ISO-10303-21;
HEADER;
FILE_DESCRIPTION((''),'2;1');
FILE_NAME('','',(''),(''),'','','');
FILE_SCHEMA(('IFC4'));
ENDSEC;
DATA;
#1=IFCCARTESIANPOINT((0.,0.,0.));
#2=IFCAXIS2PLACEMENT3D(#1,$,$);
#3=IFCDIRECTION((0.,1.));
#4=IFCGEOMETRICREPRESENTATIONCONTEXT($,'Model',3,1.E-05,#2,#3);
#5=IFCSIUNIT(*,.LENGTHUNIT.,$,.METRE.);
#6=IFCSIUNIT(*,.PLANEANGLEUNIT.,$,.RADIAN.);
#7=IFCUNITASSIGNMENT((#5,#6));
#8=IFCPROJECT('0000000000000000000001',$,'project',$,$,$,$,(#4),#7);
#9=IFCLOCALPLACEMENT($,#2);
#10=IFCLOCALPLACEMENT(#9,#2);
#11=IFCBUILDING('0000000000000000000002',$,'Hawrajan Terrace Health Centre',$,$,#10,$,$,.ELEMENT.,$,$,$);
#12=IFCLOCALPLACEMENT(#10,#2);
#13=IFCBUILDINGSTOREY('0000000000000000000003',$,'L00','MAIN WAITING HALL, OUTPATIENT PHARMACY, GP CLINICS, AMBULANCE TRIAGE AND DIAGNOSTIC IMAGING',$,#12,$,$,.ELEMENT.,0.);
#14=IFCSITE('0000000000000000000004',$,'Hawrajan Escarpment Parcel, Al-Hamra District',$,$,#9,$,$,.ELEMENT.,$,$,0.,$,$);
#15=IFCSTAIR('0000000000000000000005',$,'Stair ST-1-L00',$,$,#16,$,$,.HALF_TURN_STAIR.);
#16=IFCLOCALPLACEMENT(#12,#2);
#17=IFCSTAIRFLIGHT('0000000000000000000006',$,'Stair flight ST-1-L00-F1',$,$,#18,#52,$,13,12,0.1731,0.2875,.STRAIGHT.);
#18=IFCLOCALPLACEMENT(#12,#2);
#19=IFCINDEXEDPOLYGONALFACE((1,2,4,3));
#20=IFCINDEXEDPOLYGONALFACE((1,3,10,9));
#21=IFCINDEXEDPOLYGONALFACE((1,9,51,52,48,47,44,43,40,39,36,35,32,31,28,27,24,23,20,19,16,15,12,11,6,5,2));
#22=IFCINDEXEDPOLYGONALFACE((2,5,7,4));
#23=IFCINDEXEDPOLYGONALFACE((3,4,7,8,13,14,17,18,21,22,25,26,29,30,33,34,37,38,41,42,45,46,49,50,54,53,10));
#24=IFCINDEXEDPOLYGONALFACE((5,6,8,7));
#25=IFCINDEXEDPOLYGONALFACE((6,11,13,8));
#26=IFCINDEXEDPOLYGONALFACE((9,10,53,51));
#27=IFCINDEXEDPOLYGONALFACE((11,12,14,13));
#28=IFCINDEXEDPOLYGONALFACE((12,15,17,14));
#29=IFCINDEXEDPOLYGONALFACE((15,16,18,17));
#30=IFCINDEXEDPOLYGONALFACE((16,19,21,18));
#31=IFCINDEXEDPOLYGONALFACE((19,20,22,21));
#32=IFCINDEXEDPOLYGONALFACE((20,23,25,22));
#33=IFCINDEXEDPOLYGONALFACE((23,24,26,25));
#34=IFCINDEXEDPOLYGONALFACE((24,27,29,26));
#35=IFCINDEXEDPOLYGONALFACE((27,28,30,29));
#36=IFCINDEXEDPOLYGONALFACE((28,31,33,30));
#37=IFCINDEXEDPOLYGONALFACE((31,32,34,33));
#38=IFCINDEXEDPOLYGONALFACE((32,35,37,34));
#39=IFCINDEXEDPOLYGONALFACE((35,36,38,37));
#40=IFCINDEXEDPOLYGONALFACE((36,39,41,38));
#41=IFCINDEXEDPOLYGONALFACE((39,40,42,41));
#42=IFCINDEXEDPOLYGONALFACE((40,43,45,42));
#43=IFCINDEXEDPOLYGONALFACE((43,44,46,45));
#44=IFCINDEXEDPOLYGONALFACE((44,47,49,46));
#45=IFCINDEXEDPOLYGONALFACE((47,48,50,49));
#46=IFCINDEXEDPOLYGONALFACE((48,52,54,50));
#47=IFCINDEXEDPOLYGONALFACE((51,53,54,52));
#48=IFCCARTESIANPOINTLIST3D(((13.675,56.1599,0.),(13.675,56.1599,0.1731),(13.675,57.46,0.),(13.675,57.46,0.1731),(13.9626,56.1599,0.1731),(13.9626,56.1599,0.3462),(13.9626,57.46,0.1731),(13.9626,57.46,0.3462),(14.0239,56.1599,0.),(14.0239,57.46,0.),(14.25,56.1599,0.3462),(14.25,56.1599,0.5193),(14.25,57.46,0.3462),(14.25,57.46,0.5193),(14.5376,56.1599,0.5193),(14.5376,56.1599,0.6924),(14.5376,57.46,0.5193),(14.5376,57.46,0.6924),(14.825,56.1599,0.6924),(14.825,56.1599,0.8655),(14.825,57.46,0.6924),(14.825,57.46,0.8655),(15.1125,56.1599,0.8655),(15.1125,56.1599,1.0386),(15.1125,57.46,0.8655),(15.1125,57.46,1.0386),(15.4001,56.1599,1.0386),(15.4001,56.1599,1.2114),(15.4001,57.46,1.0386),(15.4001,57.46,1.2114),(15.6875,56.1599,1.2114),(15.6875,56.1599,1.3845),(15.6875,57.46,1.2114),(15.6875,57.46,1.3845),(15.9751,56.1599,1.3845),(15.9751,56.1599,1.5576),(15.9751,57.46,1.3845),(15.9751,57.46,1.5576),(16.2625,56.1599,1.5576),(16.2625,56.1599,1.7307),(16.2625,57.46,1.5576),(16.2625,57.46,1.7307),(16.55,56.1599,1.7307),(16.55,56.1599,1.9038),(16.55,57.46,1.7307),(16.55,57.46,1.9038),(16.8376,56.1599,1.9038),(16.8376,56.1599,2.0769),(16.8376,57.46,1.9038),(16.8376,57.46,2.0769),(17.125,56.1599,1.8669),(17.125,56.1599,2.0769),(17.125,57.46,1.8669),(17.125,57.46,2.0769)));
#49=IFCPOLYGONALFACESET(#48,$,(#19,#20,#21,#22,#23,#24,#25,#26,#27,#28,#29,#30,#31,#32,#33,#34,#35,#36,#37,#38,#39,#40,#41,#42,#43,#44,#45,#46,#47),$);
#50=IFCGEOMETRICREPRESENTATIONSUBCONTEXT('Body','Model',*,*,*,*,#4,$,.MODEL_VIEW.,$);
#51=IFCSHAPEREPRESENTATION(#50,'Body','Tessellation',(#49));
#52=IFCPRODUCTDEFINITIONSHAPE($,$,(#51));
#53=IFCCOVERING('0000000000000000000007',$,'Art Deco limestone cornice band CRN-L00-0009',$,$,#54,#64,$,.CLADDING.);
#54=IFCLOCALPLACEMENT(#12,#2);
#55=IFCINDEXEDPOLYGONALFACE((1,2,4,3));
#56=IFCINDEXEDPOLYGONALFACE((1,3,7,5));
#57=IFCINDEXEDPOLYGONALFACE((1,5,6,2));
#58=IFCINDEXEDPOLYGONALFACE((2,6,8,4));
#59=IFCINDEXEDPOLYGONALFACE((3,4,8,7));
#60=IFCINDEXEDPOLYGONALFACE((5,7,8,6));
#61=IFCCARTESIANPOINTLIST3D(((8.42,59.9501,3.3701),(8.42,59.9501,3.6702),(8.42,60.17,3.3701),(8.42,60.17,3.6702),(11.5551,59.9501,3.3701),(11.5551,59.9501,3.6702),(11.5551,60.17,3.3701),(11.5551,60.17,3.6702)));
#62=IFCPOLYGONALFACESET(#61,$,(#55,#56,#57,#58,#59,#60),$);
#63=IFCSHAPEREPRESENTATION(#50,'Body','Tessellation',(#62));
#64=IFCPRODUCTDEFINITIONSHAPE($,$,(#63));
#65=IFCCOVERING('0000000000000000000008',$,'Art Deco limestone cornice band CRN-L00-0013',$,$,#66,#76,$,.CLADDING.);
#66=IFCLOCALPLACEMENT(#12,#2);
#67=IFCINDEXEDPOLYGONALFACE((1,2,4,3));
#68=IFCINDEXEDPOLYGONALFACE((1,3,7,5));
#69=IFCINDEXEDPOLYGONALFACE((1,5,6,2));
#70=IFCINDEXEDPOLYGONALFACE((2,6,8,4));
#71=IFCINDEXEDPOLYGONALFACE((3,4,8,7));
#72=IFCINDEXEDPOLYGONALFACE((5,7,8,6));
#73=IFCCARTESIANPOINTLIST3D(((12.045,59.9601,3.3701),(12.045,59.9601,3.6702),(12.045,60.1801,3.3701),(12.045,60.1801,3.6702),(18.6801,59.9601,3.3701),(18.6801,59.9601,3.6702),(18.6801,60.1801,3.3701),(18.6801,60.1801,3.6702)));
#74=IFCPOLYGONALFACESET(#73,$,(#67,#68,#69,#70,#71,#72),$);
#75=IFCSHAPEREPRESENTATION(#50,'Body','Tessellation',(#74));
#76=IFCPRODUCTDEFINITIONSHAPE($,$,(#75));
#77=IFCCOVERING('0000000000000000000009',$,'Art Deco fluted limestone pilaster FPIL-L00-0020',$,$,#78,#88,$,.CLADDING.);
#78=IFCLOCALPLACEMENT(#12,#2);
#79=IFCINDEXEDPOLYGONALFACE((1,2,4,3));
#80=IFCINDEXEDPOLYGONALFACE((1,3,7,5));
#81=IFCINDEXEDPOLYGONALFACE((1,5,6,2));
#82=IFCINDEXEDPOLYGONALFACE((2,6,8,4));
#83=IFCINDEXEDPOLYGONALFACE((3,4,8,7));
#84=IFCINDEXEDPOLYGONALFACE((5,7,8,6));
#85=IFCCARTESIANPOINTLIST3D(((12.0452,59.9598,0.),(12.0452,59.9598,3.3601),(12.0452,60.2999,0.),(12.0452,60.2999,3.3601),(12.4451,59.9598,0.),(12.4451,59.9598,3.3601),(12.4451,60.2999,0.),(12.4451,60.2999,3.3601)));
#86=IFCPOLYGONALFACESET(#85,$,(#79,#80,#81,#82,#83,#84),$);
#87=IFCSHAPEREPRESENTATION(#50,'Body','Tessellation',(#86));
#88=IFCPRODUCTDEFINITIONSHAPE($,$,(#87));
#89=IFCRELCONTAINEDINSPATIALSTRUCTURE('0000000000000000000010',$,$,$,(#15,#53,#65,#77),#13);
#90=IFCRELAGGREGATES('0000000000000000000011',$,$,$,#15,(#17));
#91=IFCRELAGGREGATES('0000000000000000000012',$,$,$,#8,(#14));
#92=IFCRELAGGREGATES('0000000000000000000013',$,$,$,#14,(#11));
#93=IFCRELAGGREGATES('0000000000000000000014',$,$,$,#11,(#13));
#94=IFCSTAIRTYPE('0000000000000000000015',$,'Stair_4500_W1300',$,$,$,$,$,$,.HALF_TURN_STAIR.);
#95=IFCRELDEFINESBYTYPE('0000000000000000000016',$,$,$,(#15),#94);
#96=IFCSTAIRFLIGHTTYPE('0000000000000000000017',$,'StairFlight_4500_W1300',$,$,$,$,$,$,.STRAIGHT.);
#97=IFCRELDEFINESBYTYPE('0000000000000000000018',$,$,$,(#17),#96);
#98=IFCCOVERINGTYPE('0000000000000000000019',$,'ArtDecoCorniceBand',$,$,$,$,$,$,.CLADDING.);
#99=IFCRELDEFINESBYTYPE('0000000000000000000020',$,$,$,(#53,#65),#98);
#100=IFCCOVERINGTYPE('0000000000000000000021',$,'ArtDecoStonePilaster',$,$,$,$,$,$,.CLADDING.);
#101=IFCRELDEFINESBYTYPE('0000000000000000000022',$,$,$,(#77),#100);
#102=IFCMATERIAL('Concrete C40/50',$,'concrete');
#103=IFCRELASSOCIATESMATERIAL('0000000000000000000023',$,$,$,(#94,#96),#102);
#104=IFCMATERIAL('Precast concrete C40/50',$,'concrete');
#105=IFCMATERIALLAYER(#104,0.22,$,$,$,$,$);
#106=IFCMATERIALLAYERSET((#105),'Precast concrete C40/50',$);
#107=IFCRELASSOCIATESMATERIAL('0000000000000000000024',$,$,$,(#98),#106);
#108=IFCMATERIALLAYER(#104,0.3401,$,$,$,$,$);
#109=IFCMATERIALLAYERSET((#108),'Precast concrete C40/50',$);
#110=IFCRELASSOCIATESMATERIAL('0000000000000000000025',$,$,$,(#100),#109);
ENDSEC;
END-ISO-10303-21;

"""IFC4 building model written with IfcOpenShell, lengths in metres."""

from ifc_helpers import new_model, si_unit, direction, frame, origin, origin_2d, place, context, subcontext, project, spatial, polyline, rectangle, outline, extrude, material, layer, layer_set, type_object, element, aggregate, save


model = new_model("IFC4")

# Units and contexts
model_context = context("Model", 3, precision=1e-05, world=origin(), true_north=direction((0.0, 1.0)))
body_context = subcontext(model_context, "Body", "Model", "MODEL_VIEW")
ifc_project = project(units=[si_unit("LENGTHUNIT", "METRE"), si_unit("PLANEANGLEUNIT", "RADIAN")], contexts=[model_context])

# Site, building, storey
site_placement = place(None, origin())
site = spatial("IfcSite", under=ifc_project, at=site_placement, Name="Hawrajan Escarpment Parcel, Al-Hamra District", CompositionType="ELEMENT", RefElevation=0.0)
building_placement = place(site_placement, origin())
building = spatial("IfcBuilding", under=site, at=building_placement, Name="Hawrajan Terrace Health Centre", CompositionType="ELEMENT")
storey_placement = place(building_placement, origin())
storey = spatial("IfcBuildingStorey", under=building, at=storey_placement, Name="L00", Description="MAIN WAITING HALL, OUTPATIENT PHARMACY, GP CLINICS, AMBULANCE TRIAGE AND DIAGNOSTIC IMAGING", CompositionType="ELEMENT", Elevation=0.0)

# Shared definitions
ifc_material_1 = material(Name="Concrete C40/50", Category="concrete")

# Shared definitions
ifc_material_2 = material(Name="Precast concrete C40/50", Category="concrete")

# Stair, stair flight
stair_type = type_object("IfcStairType", Name="Stair_4500_W1300", PredefinedType="HALF_TURN_STAIR", material=ifc_material_1)
stair_placement = place(storey_placement, origin())
stair = element("IfcStair", 1, at=stair_placement, inside=storey, type_object=stair_type, Name="Stair ST-1-L00", PredefinedType="HALF_TURN_STAIR")
stair_flight_type = type_object("IfcStairFlightType", Name="StairFlight_4500_W1300", PredefinedType="STRAIGHT", material=ifc_material_1)
stair_flight_placement = place(storey_placement, frame((13.675, 56.8101, 0.0), z_axis=(0.0, 0.0, 1.0), x_axis=(1.0, 0.0, 0.0)))
stair_flight = element("IfcStairFlight", 2, at=stair_flight_placement, type_object=stair_flight_type, Name="Stair flight ST-1-L00-F1", NumberOfRisers=13, NumberOfTreads=12, PredefinedType="STRAIGHT", RiserHeight=0.1731, TreadLength=0.2875, context=body_context, shape_type="SweptSolid", body=[
    extrude(outline(polyline([(0.0, 0.0), (0.0, 0.1731), (0.2876, 0.1731), (0.2876, 0.3462), (0.575, 0.3462), (0.575, 0.5193), (0.8625, 0.5193), (0.8625, 0.6924), (1.1499, 0.6924), (1.1499, 0.8655), (1.4375, 0.8655), (1.4375, 1.0386), (1.7251, 1.0386), (1.7251, 1.2114), (2.0125, 1.2114), (2.0125, 1.3845), (2.3, 1.3845), (2.3, 1.5576), (2.5874, 1.5576), (2.5874, 1.7307), (2.875, 1.7307), (2.875, 1.9038), (3.1626, 1.9038), (3.1626, 2.0769), (3.45, 2.0769), (3.45, 2.25), (3.45, 1.8669), (0.3489, 0.0), (0.0, 0.0)])), frame((0.0, 0.6499, 0.0), z_axis=(0.0, -1.0, 0.0), x_axis=(1.0, 0.0, 0.0)), (0.0, 0.0, 1.0), 1.3),
])
aggregate(stair, [stair_flight])

# Coverings
ifc_layer_1 = layer(ifc_material_2, 0.22)
ifc_layer_set_1 = layer_set([ifc_layer_1], Name="Precast concrete C40/50")
covering_type_1 = type_object("IfcCoveringType", Name="ArtDecoCorniceBand", PredefinedType="CLADDING", material=ifc_layer_set_1)
covering_1_placement = place(storey_placement, frame((9.9875, 60.0601, 3.3701), z_axis=(0.0, 0.0, 1.0), x_axis=(1.0, 0.0, 0.0)))
element("IfcCovering", 3, at=covering_1_placement, inside=storey, type_object=covering_type_1, Name="Art Deco limestone cornice band CRN-L00-0009", PredefinedType="CLADDING", context=body_context, shape_type="SweptSolid", body=[
    extrude(rectangle(XDim=3.135, YDim=0.22, at=origin_2d()), origin(), (0.0, 0.0, 1.0), 0.3),
])
covering_2_placement = place(storey_placement, frame((15.3625, 60.0701, 3.3701), z_axis=(0.0, 0.0, 1.0), x_axis=(1.0, 0.0, 0.0)))
element("IfcCovering", 4, at=covering_2_placement, inside=storey, type_object=covering_type_1, Name="Art Deco limestone cornice band CRN-L00-0013", PredefinedType="CLADDING", context=body_context, shape_type="SweptSolid", body=[
    extrude(rectangle(XDim=6.635, YDim=0.22, at=origin_2d()), origin(), (0.0, 0.0, 1.0), 0.3),
])
ifc_layer_2 = layer(ifc_material_2, 0.3401)
ifc_layer_set_2 = layer_set([ifc_layer_2], Name="Precast concrete C40/50")
covering_type_2 = type_object("IfcCoveringType", Name="ArtDecoStonePilaster", PredefinedType="CLADDING", material=ifc_layer_set_2)
covering_3_placement = place(storey_placement, frame((12.2451, 60.1299, 0.0), z_axis=(0.0, 0.0, 1.0), x_axis=(1.0, 0.0, 0.0)))
element("IfcCovering", 5, at=covering_3_placement, inside=storey, type_object=covering_type_2, Name="Art Deco fluted limestone pilaster FPIL-L00-0020", PredefinedType="CLADDING", context=body_context, shape_type="SweptSolid", body=[
    extrude(rectangle(XDim=0.3999, YDim=0.3401, at=origin_2d()), origin(), (0.0, 0.0, 1.0), 3.3601),
])

save(model, "model.ifc")
